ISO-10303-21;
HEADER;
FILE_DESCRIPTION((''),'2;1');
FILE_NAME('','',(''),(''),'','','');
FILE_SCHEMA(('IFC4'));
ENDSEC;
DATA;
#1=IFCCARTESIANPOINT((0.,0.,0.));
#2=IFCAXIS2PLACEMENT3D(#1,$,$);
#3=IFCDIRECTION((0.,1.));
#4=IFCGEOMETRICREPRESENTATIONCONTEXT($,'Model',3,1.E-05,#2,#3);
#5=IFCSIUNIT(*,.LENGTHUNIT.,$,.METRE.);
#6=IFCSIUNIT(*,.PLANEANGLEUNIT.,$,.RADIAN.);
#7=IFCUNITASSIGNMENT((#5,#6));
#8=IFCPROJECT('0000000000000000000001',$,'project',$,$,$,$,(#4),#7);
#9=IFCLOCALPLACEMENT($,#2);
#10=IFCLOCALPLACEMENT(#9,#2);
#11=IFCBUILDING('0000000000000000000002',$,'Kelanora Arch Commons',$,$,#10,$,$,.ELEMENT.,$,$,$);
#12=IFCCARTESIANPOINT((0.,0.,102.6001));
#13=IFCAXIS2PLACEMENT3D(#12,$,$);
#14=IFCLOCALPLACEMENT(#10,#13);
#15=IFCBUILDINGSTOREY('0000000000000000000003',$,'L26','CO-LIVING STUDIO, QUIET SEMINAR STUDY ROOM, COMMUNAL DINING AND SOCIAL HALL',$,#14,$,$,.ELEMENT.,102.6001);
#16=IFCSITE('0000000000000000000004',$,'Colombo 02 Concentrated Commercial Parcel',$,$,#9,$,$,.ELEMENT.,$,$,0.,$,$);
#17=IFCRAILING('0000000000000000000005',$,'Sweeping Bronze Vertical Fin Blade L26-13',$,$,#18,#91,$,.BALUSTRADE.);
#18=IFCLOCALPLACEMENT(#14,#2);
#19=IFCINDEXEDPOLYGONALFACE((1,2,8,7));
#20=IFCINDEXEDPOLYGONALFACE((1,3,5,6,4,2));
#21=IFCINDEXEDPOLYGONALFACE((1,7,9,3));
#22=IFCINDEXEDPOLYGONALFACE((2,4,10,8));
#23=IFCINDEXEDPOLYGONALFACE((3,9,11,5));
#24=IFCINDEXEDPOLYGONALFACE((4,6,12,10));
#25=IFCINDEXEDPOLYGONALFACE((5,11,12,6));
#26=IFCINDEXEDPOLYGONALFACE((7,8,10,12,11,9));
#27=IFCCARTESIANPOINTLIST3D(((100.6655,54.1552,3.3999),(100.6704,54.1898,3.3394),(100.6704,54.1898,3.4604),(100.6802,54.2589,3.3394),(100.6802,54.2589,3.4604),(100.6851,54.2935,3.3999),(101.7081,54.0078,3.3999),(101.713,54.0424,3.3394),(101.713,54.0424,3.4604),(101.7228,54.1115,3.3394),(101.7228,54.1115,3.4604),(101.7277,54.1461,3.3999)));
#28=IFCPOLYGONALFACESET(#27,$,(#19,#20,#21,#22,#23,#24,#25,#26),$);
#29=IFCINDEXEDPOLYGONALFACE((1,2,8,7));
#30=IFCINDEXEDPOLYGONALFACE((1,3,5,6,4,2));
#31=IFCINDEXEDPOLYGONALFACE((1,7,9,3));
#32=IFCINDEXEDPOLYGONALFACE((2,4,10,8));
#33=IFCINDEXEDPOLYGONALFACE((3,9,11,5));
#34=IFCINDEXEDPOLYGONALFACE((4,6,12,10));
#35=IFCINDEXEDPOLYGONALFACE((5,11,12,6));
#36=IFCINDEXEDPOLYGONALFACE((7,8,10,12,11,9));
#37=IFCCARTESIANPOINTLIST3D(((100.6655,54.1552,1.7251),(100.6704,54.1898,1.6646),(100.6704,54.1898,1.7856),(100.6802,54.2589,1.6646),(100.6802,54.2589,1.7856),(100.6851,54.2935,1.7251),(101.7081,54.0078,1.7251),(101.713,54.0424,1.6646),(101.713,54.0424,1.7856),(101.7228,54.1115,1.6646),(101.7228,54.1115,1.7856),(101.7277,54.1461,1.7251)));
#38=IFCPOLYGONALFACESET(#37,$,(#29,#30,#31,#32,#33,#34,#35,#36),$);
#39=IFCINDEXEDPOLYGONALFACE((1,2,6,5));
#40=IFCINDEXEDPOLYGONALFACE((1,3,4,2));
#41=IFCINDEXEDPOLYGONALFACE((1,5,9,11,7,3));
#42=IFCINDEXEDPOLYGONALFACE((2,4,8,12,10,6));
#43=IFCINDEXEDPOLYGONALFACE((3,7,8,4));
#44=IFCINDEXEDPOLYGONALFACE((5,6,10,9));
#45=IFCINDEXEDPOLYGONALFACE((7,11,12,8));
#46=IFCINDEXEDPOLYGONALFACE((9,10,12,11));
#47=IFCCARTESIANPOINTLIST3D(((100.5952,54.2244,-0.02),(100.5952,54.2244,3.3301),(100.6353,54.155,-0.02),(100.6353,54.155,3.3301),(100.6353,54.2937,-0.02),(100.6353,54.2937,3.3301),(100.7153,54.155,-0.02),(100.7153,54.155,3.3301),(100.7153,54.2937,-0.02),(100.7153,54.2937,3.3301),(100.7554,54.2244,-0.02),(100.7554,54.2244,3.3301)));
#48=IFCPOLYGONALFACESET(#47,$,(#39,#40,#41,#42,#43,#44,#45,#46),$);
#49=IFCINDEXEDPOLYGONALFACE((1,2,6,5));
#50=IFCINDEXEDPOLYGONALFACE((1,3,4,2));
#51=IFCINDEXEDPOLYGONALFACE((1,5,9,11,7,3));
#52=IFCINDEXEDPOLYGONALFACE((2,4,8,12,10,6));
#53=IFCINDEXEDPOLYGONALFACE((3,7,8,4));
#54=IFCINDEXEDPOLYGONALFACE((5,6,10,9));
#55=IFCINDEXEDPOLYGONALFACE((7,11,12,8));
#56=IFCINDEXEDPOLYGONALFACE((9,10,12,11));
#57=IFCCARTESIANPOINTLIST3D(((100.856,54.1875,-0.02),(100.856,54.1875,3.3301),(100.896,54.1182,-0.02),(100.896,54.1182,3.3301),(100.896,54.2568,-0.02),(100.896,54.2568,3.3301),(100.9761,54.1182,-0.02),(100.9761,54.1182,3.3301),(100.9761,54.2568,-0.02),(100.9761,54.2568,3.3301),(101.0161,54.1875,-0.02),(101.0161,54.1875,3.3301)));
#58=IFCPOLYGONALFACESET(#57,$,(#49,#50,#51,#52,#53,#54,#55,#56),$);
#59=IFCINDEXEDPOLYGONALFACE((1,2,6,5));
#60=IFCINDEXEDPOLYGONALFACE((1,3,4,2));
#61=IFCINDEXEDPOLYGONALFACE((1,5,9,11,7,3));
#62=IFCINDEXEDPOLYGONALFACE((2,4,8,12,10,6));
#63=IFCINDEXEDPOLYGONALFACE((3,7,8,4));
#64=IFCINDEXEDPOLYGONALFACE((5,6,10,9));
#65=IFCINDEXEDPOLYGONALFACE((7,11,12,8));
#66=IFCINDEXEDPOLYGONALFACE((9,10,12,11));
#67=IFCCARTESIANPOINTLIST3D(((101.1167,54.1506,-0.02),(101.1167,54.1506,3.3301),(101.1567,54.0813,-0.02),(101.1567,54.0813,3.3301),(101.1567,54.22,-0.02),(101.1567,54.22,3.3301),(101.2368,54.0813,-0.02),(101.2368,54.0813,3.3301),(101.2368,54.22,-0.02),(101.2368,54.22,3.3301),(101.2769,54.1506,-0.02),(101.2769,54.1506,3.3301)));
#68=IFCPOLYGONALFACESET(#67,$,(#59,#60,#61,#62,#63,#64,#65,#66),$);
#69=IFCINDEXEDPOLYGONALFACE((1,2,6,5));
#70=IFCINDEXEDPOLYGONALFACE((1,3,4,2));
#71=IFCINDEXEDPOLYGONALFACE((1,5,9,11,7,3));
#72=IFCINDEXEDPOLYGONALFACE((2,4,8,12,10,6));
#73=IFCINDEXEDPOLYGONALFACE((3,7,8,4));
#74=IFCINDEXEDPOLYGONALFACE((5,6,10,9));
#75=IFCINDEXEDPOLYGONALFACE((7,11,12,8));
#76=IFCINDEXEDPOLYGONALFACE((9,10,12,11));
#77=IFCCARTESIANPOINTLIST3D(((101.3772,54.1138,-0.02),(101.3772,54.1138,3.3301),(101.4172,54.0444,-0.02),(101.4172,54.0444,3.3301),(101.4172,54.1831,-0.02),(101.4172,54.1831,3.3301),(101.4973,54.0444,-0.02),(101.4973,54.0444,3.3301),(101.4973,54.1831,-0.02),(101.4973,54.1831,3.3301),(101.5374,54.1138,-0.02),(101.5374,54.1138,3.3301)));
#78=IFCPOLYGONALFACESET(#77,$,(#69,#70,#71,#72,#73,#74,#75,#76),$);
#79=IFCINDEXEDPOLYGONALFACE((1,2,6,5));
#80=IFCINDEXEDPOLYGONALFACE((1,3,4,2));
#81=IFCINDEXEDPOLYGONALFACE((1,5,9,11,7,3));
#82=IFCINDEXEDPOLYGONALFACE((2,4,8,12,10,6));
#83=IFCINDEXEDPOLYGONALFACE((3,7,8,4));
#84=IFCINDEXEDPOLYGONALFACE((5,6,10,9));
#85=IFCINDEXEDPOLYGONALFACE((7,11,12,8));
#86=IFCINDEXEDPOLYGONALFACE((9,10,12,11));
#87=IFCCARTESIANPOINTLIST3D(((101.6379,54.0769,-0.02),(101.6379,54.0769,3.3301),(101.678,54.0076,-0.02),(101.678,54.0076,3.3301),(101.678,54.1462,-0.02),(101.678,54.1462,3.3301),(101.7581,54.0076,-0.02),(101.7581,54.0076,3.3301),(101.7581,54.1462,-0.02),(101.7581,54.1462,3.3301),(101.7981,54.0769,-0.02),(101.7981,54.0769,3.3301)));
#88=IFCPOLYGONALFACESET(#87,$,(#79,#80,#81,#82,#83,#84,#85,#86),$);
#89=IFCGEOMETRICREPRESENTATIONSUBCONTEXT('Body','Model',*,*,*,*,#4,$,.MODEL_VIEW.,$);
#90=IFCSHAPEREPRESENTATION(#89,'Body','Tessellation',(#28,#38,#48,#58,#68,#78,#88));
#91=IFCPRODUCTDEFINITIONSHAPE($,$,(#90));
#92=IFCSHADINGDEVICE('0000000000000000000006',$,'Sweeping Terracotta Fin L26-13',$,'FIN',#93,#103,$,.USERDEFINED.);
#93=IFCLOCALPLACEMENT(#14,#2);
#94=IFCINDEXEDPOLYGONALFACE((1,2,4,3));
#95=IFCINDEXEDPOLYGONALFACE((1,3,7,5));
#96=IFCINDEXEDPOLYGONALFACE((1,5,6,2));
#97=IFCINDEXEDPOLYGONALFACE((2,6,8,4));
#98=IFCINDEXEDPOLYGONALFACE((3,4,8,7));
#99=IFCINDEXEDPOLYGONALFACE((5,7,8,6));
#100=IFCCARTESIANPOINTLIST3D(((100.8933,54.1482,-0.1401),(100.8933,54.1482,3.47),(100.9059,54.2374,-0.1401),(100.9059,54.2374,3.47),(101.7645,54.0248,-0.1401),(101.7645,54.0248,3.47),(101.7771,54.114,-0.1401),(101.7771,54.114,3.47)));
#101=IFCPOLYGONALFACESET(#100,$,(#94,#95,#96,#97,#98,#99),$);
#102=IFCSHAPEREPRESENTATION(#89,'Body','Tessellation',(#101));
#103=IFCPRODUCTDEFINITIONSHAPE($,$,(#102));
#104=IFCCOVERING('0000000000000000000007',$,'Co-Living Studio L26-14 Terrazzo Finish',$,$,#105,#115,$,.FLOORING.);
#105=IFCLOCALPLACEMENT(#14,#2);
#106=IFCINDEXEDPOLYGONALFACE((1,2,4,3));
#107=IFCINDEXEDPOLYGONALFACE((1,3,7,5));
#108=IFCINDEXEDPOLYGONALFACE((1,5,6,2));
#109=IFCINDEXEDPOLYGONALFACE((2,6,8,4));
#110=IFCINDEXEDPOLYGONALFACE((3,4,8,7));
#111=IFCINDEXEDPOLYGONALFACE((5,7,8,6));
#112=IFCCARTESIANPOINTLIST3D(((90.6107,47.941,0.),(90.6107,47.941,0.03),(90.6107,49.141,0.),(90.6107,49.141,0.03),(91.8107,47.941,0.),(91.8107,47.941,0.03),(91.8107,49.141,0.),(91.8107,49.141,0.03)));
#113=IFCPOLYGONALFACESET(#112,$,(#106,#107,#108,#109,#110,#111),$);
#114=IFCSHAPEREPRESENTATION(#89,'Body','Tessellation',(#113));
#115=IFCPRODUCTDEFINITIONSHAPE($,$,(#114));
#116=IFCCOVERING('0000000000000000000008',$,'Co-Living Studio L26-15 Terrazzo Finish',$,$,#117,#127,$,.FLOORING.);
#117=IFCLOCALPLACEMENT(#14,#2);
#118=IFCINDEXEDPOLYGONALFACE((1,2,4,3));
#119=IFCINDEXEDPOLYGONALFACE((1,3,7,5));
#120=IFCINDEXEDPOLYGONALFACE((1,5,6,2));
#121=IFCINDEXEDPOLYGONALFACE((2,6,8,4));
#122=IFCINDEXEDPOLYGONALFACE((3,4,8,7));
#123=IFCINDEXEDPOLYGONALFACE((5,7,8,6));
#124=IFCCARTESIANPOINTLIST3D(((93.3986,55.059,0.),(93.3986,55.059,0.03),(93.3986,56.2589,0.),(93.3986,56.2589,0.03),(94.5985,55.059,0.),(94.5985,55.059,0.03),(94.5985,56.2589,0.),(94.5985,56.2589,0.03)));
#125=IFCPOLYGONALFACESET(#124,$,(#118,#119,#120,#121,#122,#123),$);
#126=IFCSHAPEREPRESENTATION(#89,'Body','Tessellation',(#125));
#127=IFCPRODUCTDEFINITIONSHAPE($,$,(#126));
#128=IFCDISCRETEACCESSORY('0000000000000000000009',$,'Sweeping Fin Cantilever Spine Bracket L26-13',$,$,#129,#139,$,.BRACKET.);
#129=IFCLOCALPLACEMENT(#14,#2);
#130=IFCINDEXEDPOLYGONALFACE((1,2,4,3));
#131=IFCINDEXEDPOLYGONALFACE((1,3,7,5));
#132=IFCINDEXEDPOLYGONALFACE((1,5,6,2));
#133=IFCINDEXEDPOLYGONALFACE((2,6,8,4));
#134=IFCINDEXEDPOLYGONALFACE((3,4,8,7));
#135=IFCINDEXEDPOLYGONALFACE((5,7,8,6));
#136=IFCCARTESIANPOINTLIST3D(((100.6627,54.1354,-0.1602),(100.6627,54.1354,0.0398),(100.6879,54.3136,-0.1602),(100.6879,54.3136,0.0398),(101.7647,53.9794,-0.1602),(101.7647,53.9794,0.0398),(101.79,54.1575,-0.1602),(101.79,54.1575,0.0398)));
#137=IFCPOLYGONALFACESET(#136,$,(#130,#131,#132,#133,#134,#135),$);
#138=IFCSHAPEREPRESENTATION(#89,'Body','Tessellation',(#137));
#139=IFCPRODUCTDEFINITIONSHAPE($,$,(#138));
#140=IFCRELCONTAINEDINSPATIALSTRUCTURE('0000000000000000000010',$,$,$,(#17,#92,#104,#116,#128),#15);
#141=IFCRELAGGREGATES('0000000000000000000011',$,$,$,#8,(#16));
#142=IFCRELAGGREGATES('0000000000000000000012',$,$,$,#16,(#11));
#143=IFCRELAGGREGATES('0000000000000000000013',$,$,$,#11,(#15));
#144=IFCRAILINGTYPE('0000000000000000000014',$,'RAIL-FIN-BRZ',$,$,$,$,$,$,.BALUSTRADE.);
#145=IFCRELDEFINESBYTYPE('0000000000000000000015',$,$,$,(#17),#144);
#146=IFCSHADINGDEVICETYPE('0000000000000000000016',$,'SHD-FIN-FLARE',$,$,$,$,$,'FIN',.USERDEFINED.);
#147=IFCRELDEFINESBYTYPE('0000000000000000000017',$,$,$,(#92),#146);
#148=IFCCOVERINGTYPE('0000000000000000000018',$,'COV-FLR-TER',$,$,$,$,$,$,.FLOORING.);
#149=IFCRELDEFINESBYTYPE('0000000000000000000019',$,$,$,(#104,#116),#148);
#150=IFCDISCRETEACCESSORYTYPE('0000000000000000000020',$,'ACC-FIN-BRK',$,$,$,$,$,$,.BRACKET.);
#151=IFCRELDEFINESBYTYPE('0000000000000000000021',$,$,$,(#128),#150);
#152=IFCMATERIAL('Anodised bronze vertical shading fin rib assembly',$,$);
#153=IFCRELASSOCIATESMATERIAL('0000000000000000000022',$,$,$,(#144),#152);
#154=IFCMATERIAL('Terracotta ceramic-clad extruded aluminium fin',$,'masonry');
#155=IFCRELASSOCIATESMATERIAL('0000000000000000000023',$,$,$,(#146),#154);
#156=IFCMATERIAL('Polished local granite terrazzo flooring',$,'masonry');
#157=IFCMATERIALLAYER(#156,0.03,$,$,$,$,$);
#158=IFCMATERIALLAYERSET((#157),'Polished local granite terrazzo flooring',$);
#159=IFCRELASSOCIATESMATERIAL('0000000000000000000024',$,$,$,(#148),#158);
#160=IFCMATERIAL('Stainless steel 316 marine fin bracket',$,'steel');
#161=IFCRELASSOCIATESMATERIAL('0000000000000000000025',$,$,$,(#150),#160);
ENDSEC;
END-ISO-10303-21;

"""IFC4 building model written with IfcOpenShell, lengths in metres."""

from ifc_helpers import new_model, si_unit, direction, frame, origin, origin_2d, place, context, subcontext, project, spatial, polyline, rectangle, outline, extrude, source, transform, mapped, material, layer, layer_set, type_object, element, save


model = new_model("IFC4")

# Units and contexts
model_context = context("Model", 3, precision=1e-05, world=origin(), true_north=direction((0.0, 1.0)))
body_context = subcontext(model_context, "Body", "Model", "MODEL_VIEW")
ifc_project = project(units=[si_unit("LENGTHUNIT", "METRE"), si_unit("PLANEANGLEUNIT", "RADIAN")], contexts=[model_context])

# Site, building, storey
site_placement = place(None, origin())
site = spatial("IfcSite", under=ifc_project, at=site_placement, Name="Colombo 02 Concentrated Commercial Parcel", CompositionType="ELEMENT", RefElevation=0.0)
building_placement = place(site_placement, origin())
building = spatial("IfcBuilding", under=site, at=building_placement, Name="Kelanora Arch Commons", CompositionType="ELEMENT")
storey_placement = place(building_placement, frame((0.0, 0.0, 102.6001)))
storey = spatial("IfcBuildingStorey", under=building, at=storey_placement, Name="L26", Description="CO-LIVING STUDIO, QUIET SEMINAR STUDY ROOM, COMMUNAL DINING AND SOCIAL HALL", CompositionType="ELEMENT", Elevation=102.6001)

# Railing
ifc_material_1 = material(Name="Anodised bronze vertical shading fin rib assembly")
railing_type = type_object("IfcRailingType", Name="RAIL-FIN-BRZ", PredefinedType="BALUSTRADE", material=ifc_material_1)
railing_placement = place(storey_placement, frame((100.6753, 54.2244, -0.02)))
element("IfcRailing", 1, at=railing_placement, inside=storey, type_object=railing_type, Name="Sweeping Bronze Vertical Fin Blade L26-13", PredefinedType="BALUSTRADE", context=body_context, shape_type="SweptSolid", body=[
    extrude(outline(polyline([(0.0698, 0.0), (0.0349, 0.0605), (-0.0349, 0.0605), (-0.0698, 0.0), (-0.0349, -0.0605), (0.0349, -0.0605), (0.0698, 0.0)])), frame((0.0, 0.0, 3.4199), z_axis=(0.990148, -0.140026, 0.0), x_axis=(0.140026, 0.990148, 0.0)), (0.0, 0.0, 1.0), 1.053),
    extrude(outline(polyline([(0.0698, 0.0), (0.0349, 0.0605), (-0.0349, 0.0605), (-0.0698, 0.0), (-0.0349, -0.0605), (0.0349, -0.0605), (0.0698, 0.0)])), frame((0.0, 0.0, 1.7451), z_axis=(0.990148, -0.140026, 0.0), x_axis=(0.140026, 0.990148, 0.0)), (0.0, 0.0, 1.0), 1.053),
    extrude(outline(polyline([(0.0801, 0.0), (0.04, 0.0693), (-0.04, 0.0693), (-0.0801, 0.0), (-0.04, -0.0693), (0.04, -0.0693), (0.0801, 0.0)])), origin(), (0.0, 0.0, 1.0), 3.3501),
    extrude(outline(polyline([(0.0801, 0.0), (0.04, 0.0693), (-0.04, 0.0693), (-0.0801, 0.0), (-0.04, -0.0693), (0.04, -0.0693), (0.0801, 0.0)])), frame((0.2607, -0.0369, 0.0)), (0.0, 0.0, 1.0), 3.3501),
    extrude(outline(polyline([(0.0801, 0.0), (0.04, 0.0693), (-0.04, 0.0693), (-0.0801, 0.0), (-0.04, -0.0693), (0.04, -0.0693), (0.0801, 0.0)])), frame((0.5215, -0.0737, 0.0)), (0.0, 0.0, 1.0), 3.3501),
    extrude(outline(polyline([(0.0801, 0.0), (0.04, 0.0693), (-0.04, 0.0693), (-0.0801, 0.0), (-0.04, -0.0693), (0.04, -0.0693), (0.0801, 0.0)])), frame((0.782, -0.1106, 0.0)), (0.0, 0.0, 1.0), 3.3501),
    extrude(outline(polyline([(0.0801, 0.0), (0.04, 0.0693), (-0.04, 0.0693), (-0.0801, 0.0), (-0.04, -0.0693), (0.04, -0.0693), (0.0801, 0.0)])), frame((1.0427, -0.1475, 0.0)), (0.0, 0.0, 1.0), 3.3501),
])

# Shading device
ifc_material_2 = material(Name="Terracotta ceramic-clad extruded aluminium fin", Category="masonry")
shading_device_type = type_object("IfcShadingDeviceType", Name="SHD-FIN-FLARE", ElementType="FIN", PredefinedType="USERDEFINED", material=ifc_material_2)
shared_shape_1 = source(origin(), body_context, "Body", "SweptSolid", [
    extrude(rectangle(XDim=0.8799, YDim=0.0901, at=origin_2d()), origin(), (0.0, 0.0, 1.0), 3.6101),
])
shading_device_placement = place(storey_placement, frame((101.3352, 54.1311, -0.1401), z_axis=(0.0, 0.0, 1.0), x_axis=(0.990122, -0.14021, 0.0)))
element("IfcShadingDevice", 2, at=shading_device_placement, inside=storey, type_object=shading_device_type, Name="Sweeping Terracotta Fin L26-13", ObjectType="FIN", PredefinedType="USERDEFINED", context=body_context, shape_type="MappedRepresentation", body=[
    mapped(shared_shape_1, transform((0.0, 0.0, 0.0), scale=1.0)),
])

# Coverings
ifc_material_3 = material(Name="Polished local granite terrazzo flooring", Category="masonry")
ifc_layer_1 = layer(ifc_material_3, 0.03)
ifc_layer_set_1 = layer_set([ifc_layer_1], Name="Polished local granite terrazzo flooring")
covering_type = type_object("IfcCoveringType", Name="COV-FLR-TER", PredefinedType="FLOORING", material=ifc_layer_set_1)
shared_shape_2 = source(origin(), body_context, "Body", "SweptSolid", [
    extrude(rectangle(XDim=1.2, YDim=1.2, at=origin_2d()), origin(), (0.0, 0.0, 1.0), 0.03),
])
for number, where, z_axis, x_axis, name in (
    (3, (91.2107, 48.541, 0.0), (0.0, 0.0, 1.0), (1.0, 0.0, 0.0), "Co-Living Studio L26-14 Terrazzo Finish"),
    (4, (93.9985, 55.6589, 0.0), (0.0, 0.0, 1.0), (1.0, 0.0, 0.0), "Co-Living Studio L26-15 Terrazzo Finish"),
):
    element("IfcCovering", number, at=place(storey_placement, frame(where, z_axis=z_axis, x_axis=x_axis)), inside=storey, type_object=covering_type, Name=name, PredefinedType="FLOORING", context=body_context, shape_type="MappedRepresentation", body=[
        mapped(shared_shape_2, transform((0.0, 0.0, 0.0), scale=1.0)),
    ])

# Discrete accessory
ifc_material_4 = material(Name="Stainless steel 316 marine fin bracket", Category="steel")
discrete_accessory_type = type_object("IfcDiscreteAccessoryType", Name="ACC-FIN-BRK", PredefinedType="BRACKET", material=ifc_material_4)
shared_shape_3 = source(origin(), body_context, "Body", "SweptSolid", [
    extrude(rectangle(XDim=1.113, YDim=0.1799, at=origin_2d()), origin(), (0.0, 0.0, 1.0), 0.2),
])
discrete_accessory_placement = place(storey_placement, frame((101.2263, 54.1465, -0.1602), z_axis=(0.0, 0.0, 1.0), x_axis=(0.990122, -0.14021, 0.0)))
element("IfcDiscreteAccessory", 5, at=discrete_accessory_placement, inside=storey, type_object=discrete_accessory_type, Name="Sweeping Fin Cantilever Spine Bracket L26-13", PredefinedType="BRACKET", context=body_context, shape_type="MappedRepresentation", body=[
    mapped(shared_shape_3, transform((0.0, 0.0, 0.0), scale=1.0)),
])

save(model, "model.ifc")
